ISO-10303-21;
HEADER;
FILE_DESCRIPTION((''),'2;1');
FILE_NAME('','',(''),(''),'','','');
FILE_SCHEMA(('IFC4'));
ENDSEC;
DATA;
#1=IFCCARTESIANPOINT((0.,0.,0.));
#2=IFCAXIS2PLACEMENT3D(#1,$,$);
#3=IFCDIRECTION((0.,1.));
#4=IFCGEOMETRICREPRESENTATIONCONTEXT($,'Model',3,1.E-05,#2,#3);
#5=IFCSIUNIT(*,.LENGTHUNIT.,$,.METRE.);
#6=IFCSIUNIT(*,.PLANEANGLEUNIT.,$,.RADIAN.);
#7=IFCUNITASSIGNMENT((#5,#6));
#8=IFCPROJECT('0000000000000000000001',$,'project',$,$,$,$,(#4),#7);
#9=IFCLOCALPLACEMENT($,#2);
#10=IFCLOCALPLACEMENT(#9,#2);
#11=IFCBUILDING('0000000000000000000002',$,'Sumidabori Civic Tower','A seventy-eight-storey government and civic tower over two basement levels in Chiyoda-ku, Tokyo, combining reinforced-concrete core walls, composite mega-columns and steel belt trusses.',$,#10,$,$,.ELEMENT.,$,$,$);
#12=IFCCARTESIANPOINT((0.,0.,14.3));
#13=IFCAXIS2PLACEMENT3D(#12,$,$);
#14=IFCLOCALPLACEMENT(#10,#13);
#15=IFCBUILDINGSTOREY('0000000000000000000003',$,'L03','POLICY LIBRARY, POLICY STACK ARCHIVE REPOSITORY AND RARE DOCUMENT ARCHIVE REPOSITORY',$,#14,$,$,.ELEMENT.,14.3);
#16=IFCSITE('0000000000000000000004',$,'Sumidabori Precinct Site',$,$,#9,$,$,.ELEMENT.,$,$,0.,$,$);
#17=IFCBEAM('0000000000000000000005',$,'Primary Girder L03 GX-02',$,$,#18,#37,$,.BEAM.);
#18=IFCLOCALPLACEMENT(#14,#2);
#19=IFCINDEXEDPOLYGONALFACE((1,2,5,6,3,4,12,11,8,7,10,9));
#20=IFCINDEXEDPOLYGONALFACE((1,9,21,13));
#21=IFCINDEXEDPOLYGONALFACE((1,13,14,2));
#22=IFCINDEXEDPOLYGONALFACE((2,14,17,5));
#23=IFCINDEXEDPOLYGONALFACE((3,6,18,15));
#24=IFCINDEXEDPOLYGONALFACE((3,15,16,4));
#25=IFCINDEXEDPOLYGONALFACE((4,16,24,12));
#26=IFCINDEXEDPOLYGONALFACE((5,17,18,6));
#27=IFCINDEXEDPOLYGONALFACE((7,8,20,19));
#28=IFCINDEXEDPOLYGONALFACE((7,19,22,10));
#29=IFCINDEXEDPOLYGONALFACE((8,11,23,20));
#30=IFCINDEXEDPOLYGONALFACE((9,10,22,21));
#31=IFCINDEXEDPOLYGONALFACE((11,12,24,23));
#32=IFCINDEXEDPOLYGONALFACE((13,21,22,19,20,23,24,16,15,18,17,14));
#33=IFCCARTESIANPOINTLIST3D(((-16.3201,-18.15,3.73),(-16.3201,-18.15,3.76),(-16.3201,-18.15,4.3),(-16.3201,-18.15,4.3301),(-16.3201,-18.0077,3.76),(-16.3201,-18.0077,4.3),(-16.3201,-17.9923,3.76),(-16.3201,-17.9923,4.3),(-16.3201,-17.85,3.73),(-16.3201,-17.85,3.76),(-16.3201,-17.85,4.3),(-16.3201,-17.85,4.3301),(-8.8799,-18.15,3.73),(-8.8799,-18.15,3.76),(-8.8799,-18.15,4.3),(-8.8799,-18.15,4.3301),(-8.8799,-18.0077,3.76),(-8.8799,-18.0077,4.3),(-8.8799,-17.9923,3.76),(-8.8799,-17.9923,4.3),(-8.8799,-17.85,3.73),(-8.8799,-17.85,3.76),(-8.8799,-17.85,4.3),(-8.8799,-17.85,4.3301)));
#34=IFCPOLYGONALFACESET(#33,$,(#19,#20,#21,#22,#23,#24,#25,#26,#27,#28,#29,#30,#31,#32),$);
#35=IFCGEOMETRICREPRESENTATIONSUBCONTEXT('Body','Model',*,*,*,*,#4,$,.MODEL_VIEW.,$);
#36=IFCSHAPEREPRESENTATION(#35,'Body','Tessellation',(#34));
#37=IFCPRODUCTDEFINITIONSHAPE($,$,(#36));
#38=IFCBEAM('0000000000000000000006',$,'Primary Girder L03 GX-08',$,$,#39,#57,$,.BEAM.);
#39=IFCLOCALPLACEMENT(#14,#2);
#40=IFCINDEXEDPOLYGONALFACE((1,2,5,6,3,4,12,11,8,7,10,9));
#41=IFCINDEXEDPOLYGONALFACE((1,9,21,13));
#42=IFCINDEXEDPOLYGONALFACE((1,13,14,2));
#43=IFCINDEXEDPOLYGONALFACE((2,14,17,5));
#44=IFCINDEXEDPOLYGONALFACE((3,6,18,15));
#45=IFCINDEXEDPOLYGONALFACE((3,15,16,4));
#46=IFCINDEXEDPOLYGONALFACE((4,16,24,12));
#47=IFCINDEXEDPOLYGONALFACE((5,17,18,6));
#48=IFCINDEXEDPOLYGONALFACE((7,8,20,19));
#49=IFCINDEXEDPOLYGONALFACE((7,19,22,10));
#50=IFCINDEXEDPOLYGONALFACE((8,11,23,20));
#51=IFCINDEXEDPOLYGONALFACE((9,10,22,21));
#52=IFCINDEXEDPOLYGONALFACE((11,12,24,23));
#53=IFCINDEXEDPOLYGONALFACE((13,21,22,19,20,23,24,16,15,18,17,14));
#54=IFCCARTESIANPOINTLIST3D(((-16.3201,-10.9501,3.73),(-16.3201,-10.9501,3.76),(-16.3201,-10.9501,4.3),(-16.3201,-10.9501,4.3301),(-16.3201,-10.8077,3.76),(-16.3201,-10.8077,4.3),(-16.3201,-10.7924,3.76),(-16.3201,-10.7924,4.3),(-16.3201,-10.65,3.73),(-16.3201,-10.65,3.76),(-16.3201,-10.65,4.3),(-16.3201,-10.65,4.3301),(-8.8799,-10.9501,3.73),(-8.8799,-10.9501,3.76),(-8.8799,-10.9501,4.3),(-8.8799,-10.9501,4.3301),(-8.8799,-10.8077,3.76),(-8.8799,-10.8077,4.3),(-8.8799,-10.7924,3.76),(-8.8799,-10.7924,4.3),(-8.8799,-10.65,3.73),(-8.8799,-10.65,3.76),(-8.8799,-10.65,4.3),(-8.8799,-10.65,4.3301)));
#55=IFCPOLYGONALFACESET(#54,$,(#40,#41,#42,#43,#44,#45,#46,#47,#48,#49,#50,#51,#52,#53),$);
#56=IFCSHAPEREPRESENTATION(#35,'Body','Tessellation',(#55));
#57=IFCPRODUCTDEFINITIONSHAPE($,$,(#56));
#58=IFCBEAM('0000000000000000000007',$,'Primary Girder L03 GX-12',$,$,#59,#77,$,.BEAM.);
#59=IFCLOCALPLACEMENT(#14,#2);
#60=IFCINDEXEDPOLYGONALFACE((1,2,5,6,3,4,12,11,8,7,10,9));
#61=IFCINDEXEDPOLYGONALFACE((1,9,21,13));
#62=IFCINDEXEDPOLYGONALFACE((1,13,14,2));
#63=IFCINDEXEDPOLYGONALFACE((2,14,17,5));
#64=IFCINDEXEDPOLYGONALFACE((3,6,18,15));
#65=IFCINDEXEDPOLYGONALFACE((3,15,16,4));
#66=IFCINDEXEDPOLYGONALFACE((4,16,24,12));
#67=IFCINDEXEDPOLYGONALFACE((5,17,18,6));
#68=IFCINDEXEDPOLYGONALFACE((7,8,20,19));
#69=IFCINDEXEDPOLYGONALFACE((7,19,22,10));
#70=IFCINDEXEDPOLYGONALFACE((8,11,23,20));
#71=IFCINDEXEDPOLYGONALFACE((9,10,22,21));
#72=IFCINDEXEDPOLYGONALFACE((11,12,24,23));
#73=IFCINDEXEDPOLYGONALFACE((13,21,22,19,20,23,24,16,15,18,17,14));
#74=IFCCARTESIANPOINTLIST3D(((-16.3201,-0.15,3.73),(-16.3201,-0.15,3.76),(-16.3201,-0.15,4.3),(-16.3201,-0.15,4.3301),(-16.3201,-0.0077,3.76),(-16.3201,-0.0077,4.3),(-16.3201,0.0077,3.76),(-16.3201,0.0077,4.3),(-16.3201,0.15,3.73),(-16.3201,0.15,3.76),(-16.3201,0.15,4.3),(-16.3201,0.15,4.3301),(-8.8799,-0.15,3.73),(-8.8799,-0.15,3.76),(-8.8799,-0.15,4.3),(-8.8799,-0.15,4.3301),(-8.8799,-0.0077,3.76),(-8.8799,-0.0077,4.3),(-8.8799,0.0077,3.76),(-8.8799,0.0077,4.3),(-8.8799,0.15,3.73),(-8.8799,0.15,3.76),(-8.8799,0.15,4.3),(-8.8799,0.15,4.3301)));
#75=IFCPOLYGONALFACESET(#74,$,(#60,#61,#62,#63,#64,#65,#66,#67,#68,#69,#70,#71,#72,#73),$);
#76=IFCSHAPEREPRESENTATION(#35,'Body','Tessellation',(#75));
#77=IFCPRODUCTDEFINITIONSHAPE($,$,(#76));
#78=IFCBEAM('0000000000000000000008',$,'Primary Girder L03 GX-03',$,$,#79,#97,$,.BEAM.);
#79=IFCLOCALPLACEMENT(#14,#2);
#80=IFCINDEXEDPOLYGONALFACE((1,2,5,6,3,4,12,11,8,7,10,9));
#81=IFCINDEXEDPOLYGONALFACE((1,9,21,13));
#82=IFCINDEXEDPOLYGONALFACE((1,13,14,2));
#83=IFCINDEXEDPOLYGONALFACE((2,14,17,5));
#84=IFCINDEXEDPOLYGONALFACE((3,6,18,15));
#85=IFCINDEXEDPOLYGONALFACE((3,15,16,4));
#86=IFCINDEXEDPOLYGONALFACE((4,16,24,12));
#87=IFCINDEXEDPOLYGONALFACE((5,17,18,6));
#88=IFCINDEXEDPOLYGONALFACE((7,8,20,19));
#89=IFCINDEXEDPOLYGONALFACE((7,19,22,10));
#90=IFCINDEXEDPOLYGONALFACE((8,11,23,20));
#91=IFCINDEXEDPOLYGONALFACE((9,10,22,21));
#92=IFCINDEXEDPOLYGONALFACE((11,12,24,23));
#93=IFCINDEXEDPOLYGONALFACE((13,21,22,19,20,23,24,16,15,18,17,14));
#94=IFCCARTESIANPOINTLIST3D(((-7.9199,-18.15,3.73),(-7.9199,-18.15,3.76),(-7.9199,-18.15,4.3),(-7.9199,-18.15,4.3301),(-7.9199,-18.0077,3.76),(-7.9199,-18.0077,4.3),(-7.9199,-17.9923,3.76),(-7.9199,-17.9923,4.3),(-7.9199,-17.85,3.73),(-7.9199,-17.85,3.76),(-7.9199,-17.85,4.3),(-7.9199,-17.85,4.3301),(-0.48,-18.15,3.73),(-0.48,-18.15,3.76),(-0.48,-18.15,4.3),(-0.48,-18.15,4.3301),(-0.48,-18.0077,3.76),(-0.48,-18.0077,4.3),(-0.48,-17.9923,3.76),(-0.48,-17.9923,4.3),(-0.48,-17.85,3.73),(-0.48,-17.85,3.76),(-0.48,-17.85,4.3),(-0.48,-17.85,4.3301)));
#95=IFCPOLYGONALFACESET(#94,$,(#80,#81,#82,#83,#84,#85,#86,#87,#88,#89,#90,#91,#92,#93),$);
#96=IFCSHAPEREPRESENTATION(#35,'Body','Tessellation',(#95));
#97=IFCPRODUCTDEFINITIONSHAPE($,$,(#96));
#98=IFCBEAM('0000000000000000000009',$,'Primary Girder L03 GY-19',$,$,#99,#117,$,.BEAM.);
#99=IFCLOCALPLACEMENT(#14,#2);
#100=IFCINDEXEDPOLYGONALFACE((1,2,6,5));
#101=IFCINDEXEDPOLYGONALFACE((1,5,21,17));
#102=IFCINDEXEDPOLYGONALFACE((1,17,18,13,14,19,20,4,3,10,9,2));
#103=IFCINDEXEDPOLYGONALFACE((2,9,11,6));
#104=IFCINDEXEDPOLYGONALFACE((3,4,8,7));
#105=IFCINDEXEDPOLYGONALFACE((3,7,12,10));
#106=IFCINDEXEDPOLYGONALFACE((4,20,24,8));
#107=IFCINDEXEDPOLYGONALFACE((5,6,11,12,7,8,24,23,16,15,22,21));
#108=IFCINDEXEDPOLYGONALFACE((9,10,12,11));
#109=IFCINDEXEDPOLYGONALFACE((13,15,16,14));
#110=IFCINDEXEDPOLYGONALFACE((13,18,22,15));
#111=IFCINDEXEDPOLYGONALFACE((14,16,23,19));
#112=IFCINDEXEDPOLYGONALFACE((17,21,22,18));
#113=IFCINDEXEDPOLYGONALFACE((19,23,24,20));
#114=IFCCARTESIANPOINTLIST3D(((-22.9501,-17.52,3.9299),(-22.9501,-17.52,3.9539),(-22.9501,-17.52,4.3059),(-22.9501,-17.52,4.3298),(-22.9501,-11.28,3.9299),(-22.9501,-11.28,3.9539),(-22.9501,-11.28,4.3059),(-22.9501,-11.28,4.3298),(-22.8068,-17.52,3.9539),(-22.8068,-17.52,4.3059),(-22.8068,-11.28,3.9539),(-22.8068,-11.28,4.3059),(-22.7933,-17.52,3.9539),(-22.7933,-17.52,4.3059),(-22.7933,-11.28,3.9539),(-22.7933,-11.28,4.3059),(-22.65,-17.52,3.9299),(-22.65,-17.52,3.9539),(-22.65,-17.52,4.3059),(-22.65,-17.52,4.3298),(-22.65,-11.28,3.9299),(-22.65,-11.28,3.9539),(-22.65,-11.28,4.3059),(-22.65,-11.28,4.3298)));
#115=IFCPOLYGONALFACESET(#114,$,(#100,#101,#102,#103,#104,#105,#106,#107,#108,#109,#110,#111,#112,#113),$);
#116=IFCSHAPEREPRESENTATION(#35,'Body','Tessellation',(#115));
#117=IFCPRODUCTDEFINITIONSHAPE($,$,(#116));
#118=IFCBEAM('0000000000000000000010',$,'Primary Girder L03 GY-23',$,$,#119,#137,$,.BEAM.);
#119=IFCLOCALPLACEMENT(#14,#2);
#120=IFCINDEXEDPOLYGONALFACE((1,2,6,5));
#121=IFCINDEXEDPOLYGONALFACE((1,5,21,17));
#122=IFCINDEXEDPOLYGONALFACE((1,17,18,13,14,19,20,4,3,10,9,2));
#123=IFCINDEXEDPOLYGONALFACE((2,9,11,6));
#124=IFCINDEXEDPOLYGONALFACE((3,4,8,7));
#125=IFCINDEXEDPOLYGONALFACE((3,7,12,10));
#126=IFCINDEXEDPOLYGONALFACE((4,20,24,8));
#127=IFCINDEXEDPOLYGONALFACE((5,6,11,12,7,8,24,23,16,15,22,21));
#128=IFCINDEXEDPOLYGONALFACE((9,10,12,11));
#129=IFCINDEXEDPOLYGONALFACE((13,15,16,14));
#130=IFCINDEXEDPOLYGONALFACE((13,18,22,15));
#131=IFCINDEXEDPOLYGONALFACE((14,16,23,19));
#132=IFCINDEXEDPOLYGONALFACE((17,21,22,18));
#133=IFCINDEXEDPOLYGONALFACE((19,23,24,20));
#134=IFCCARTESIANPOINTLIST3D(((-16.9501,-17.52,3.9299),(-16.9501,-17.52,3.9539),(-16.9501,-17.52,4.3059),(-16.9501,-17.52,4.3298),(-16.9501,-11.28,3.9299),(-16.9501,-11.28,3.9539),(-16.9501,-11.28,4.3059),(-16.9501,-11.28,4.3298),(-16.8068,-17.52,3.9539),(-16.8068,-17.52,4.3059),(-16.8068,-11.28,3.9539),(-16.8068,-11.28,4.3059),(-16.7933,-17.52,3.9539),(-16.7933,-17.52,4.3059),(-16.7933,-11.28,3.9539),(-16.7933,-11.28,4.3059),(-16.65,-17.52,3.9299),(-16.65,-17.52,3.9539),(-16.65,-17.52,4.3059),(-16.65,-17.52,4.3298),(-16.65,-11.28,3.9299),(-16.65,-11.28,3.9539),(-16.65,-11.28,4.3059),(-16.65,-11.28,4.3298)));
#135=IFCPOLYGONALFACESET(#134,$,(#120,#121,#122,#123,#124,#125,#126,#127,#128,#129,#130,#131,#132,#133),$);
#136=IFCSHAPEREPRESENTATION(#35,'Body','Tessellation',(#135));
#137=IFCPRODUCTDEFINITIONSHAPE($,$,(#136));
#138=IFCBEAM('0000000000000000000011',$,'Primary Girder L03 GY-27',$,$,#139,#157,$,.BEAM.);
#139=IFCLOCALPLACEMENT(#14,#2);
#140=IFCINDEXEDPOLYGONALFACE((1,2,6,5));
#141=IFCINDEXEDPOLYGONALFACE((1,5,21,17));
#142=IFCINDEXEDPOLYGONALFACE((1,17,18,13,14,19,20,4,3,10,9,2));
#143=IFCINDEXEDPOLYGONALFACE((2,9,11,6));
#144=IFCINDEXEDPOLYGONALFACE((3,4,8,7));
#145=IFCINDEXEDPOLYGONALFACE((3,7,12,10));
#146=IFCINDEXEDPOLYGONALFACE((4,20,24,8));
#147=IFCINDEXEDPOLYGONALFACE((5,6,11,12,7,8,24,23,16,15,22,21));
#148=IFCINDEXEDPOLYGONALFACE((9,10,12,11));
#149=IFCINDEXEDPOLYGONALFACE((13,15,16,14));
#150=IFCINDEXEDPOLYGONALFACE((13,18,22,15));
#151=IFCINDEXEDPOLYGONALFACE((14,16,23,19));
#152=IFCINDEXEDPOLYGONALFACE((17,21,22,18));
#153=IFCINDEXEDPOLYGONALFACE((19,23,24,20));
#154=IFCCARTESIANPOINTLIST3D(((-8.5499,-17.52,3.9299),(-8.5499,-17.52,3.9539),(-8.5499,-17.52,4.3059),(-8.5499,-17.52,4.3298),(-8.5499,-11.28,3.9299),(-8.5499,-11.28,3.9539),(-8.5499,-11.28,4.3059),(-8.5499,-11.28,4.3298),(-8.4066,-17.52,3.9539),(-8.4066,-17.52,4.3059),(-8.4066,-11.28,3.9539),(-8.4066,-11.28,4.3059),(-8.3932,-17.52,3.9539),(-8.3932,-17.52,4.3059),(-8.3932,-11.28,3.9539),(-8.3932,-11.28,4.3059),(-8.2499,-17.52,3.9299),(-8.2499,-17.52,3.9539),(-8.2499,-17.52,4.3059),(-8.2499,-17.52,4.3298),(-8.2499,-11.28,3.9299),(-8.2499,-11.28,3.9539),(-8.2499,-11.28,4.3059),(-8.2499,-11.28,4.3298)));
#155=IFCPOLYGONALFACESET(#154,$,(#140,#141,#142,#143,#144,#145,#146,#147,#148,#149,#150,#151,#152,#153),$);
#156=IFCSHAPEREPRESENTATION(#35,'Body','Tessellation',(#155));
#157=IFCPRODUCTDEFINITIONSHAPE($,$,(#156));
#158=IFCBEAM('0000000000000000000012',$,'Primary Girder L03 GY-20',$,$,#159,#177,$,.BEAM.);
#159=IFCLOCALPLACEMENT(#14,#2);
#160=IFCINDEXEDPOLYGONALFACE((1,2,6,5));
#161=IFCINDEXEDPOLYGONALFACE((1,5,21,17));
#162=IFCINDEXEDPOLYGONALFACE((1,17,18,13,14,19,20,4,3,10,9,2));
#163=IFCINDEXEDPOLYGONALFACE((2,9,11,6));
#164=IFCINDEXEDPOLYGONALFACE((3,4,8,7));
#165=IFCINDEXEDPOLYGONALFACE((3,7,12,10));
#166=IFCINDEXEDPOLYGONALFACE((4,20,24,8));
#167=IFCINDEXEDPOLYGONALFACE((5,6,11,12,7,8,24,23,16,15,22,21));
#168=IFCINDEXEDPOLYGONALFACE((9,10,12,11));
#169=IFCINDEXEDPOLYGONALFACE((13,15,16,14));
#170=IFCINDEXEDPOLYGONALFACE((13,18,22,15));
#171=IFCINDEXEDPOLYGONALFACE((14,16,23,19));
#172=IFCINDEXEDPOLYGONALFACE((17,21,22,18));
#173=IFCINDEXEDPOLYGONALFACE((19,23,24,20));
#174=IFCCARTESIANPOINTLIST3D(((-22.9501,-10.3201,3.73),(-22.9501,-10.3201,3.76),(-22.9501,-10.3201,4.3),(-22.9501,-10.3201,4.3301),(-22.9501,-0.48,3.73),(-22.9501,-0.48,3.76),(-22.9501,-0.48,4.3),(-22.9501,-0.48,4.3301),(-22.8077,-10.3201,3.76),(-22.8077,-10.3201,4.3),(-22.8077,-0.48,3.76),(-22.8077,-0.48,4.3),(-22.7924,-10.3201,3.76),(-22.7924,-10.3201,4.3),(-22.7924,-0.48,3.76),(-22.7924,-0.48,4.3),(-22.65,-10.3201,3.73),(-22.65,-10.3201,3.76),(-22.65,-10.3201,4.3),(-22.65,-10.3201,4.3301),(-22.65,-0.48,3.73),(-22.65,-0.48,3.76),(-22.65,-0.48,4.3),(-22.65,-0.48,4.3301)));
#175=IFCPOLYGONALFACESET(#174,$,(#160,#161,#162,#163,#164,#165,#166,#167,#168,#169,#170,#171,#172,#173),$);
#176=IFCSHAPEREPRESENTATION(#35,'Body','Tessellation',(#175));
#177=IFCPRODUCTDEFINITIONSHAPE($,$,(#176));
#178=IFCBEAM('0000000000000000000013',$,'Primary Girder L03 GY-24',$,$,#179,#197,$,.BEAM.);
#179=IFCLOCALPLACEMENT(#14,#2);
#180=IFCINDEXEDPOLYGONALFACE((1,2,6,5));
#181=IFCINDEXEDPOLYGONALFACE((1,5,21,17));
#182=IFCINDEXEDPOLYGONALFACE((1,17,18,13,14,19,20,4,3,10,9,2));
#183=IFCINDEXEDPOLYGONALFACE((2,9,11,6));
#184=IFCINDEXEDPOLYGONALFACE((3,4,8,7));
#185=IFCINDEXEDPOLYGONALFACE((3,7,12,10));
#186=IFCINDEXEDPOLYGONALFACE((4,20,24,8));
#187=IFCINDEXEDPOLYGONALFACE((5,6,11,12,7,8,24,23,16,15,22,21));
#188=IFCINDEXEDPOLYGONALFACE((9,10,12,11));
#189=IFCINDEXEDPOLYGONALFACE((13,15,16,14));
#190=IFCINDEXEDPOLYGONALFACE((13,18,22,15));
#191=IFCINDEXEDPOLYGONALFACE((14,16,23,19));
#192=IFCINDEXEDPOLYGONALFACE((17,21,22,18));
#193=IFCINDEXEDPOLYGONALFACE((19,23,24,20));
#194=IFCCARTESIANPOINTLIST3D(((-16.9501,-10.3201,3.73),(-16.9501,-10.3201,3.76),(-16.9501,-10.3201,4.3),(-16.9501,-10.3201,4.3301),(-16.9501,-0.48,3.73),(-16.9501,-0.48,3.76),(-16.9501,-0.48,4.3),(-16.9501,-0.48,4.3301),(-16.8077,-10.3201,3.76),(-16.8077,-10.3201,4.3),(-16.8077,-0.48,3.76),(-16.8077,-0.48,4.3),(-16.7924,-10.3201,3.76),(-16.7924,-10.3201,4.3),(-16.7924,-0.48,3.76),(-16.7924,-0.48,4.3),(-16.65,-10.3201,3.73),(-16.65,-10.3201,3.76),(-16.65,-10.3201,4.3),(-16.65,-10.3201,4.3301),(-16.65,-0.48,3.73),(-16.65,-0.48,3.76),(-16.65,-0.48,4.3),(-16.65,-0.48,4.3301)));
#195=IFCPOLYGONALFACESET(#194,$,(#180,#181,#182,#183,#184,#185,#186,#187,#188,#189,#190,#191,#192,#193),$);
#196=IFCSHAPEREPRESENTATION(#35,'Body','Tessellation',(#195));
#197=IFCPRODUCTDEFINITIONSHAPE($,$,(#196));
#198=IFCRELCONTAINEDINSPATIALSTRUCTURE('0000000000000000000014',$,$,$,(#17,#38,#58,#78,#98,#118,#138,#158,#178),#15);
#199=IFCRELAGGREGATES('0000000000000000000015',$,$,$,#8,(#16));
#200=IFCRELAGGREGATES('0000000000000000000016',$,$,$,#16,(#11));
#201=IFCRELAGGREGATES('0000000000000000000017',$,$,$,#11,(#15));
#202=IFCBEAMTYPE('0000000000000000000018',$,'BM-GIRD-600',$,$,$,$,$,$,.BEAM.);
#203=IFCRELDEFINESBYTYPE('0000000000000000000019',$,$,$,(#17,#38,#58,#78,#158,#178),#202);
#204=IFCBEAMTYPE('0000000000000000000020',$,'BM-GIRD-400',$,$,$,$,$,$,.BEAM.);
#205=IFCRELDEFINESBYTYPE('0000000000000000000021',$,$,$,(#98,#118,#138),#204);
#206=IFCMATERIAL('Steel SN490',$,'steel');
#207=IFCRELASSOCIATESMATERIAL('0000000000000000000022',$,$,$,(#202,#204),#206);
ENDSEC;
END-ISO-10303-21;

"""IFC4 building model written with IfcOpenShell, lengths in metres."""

from ifc_helpers import new_model, si_unit, direction, frame, origin, origin_2d, place, context, subcontext, project, spatial, i_section, extrude, source, transform, mapped, material, material_profile, profile_set, type_object, element, save


model = new_model("IFC4")

# Units and contexts
model_context = context("Model", 3, precision=1e-05, world=origin(), true_north=direction((0.0, 1.0)))
body_context = subcontext(model_context, "Body", "Model", "MODEL_VIEW")
ifc_project = project(units=[si_unit("LENGTHUNIT", "METRE"), si_unit("PLANEANGLEUNIT", "RADIAN")], contexts=[model_context])

# Site, building, storey
site_placement = place(None, origin())
site = spatial("IfcSite", under=ifc_project, at=site_placement, Name="Sumidabori Precinct Site", CompositionType="ELEMENT", RefElevation=0.0)
building_placement = place(site_placement, origin())
building = spatial("IfcBuilding", under=site, at=building_placement, Name="Sumidabori Civic Tower", Description="A seventy-eight-storey government and civic tower over two basement levels in Chiyoda-ku, Tokyo, combining reinforced-concrete core walls, composite mega-columns and steel belt trusses.", CompositionType="ELEMENT")
storey_placement = place(building_placement, frame((0.0, 0.0, 14.3)))
storey = spatial("IfcBuildingStorey", under=building, at=storey_placement, Name="L03", Description="POLICY LIBRARY, POLICY STACK ARCHIVE REPOSITORY AND RARE DOCUMENT ARCHIVE REPOSITORY", CompositionType="ELEMENT", Elevation=14.3)

# Beams
ifc_material_1 = material(Name="Steel SN490", Category="steel")
ifc_material_profile_1 = material_profile(ifc_material_1, i_section(OverallWidth=0.3, OverallDepth=0.6001, WebThickness=0.0154, FlangeThickness=0.03, at=origin_2d()), Name="HE 600 B")
ifc_profile_set_1 = profile_set([ifc_material_profile_1], Name="Steel SN490")
beam_type_1 = type_object("IfcBeamType", Name="BM-GIRD-600", PredefinedType="BEAM", material=ifc_profile_set_1)
shared_shape_1 = source(origin(), body_context, "Body", "SweptSolid", [
    extrude(i_section(OverallWidth=0.3, OverallDepth=0.6001, WebThickness=0.0154, FlangeThickness=0.03, at=origin_2d()), origin(), (0.0, 0.0, 1.0), 7.4402),
])
for number, where, z_axis, x_axis, name in (
    (1, (-16.3201, -18.0, 4.03), (1.0, 0.0, 0.0), (0.0, 1.0, 0.0), "Primary Girder L03 GX-02"),
    (2, (-16.3201, -10.8, 4.03), (1.0, 0.0, 0.0), (0.0, 1.0, 0.0), "Primary Girder L03 GX-08"),
    (3, (-16.3201, 0.0, 4.03), (1.0, 0.0, 0.0), (0.0, 1.0, 0.0), "Primary Girder L03 GX-12"),
):
    element("IfcBeam", number, at=place(storey_placement, frame(where, z_axis=z_axis, x_axis=x_axis)), inside=storey, type_object=beam_type_1, Name=name, PredefinedType="BEAM", context=body_context, shape_type="MappedRepresentation", body=[
        mapped(shared_shape_1, transform((0.0, 0.0, 0.0), x_axis=(1.0, 0.0, 0.0), y_axis=(0.0, 1.0, 0.0), z_axis=(0.0, 0.0, 1.0), scale=1.0)),
    ])
shared_shape_2 = source(origin(), body_context, "Body", "SweptSolid", [
    extrude(i_section(OverallWidth=0.3, OverallDepth=0.6001, WebThickness=0.0154, FlangeThickness=0.03, at=origin_2d()), origin(), (0.0, 0.0, 1.0), 7.4399),
])
beam_1_placement = place(storey_placement, frame((-7.9199, -18.0, 4.03), z_axis=(1.0, 0.0, 0.0), x_axis=(0.0, 1.0, 0.0)))
element("IfcBeam", 4, at=beam_1_placement, inside=storey, type_object=beam_type_1, Name="Primary Girder L03 GX-03", PredefinedType="BEAM", context=body_context, shape_type="MappedRepresentation", body=[
    mapped(shared_shape_2, transform((0.0, 0.0, 0.0), x_axis=(1.0, 0.0, 0.0), y_axis=(0.0, 1.0, 0.0), z_axis=(0.0, 0.0, 1.0), scale=1.0)),
])
ifc_material_profile_2 = material_profile(ifc_material_1, i_section(OverallWidth=0.3, OverallDepth=0.3999, WebThickness=0.0134, FlangeThickness=0.0239, at=origin_2d()), Name="HE 400 B")
ifc_profile_set_2 = profile_set([ifc_material_profile_2], Name="Steel SN490")
beam_type_2 = type_object("IfcBeamType", Name="BM-GIRD-400", PredefinedType="BEAM", material=ifc_profile_set_2)
shared_shape_3 = source(origin(), body_context, "Body", "SweptSolid", [
    extrude(i_section(OverallWidth=0.3, OverallDepth=0.3999, WebThickness=0.0134, FlangeThickness=0.0239, at=origin_2d()), origin(), (0.0, 0.0, 1.0), 6.24),
])
for number, where, z_axis, x_axis, name in (
    (5, (-22.8, -17.52, 4.1299), (0.0, 1.0, 0.0), (-1.0, 0.0, 0.0), "Primary Girder L03 GY-19"),
    (6, (-16.8, -17.52, 4.1299), (0.0, 1.0, 0.0), (-1.0, 0.0, 0.0), "Primary Girder L03 GY-23"),
    (7, (-8.3999, -17.52, 4.1299), (0.0, 1.0, 0.0), (-1.0, 0.0, 0.0), "Primary Girder L03 GY-27"),
):
    element("IfcBeam", number, at=place(storey_placement, frame(where, z_axis=z_axis, x_axis=x_axis)), inside=storey, type_object=beam_type_2, Name=name, PredefinedType="BEAM", context=body_context, shape_type="MappedRepresentation", body=[
        mapped(shared_shape_3, transform((0.0, 0.0, 0.0), x_axis=(1.0, 0.0, 0.0), y_axis=(0.0, 1.0, 0.0), z_axis=(0.0, 0.0, 1.0), scale=1.0)),
    ])
shared_shape_4 = source(origin(), body_context, "Body", "SweptSolid", [
    extrude(i_section(OverallWidth=0.3, OverallDepth=0.6001, WebThickness=0.0154, FlangeThickness=0.03, at=origin_2d()), origin(), (0.0, 0.0, 1.0), 9.8401),
])
for number, where, z_axis, x_axis, name in (
    (8, (-22.8, -10.3201, 4.03), (0.0, 1.0, 0.0), (-1.0, 0.0, 0.0), "Primary Girder L03 GY-20"),
    (9, (-16.8, -10.3201, 4.03), (0.0, 1.0, 0.0), (-1.0, 0.0, 0.0), "Primary Girder L03 GY-24"),
):
    element("IfcBeam", number, at=place(storey_placement, frame(where, z_axis=z_axis, x_axis=x_axis)), inside=storey, type_object=beam_type_1, Name=name, PredefinedType="BEAM", context=body_context, shape_type="MappedRepresentation", body=[
        mapped(shared_shape_4, transform((0.0, 0.0, 0.0), x_axis=(1.0, 0.0, 0.0), y_axis=(0.0, 1.0, 0.0), z_axis=(0.0, 0.0, 1.0), scale=1.0)),
    ])

save(model, "model.ifc")
